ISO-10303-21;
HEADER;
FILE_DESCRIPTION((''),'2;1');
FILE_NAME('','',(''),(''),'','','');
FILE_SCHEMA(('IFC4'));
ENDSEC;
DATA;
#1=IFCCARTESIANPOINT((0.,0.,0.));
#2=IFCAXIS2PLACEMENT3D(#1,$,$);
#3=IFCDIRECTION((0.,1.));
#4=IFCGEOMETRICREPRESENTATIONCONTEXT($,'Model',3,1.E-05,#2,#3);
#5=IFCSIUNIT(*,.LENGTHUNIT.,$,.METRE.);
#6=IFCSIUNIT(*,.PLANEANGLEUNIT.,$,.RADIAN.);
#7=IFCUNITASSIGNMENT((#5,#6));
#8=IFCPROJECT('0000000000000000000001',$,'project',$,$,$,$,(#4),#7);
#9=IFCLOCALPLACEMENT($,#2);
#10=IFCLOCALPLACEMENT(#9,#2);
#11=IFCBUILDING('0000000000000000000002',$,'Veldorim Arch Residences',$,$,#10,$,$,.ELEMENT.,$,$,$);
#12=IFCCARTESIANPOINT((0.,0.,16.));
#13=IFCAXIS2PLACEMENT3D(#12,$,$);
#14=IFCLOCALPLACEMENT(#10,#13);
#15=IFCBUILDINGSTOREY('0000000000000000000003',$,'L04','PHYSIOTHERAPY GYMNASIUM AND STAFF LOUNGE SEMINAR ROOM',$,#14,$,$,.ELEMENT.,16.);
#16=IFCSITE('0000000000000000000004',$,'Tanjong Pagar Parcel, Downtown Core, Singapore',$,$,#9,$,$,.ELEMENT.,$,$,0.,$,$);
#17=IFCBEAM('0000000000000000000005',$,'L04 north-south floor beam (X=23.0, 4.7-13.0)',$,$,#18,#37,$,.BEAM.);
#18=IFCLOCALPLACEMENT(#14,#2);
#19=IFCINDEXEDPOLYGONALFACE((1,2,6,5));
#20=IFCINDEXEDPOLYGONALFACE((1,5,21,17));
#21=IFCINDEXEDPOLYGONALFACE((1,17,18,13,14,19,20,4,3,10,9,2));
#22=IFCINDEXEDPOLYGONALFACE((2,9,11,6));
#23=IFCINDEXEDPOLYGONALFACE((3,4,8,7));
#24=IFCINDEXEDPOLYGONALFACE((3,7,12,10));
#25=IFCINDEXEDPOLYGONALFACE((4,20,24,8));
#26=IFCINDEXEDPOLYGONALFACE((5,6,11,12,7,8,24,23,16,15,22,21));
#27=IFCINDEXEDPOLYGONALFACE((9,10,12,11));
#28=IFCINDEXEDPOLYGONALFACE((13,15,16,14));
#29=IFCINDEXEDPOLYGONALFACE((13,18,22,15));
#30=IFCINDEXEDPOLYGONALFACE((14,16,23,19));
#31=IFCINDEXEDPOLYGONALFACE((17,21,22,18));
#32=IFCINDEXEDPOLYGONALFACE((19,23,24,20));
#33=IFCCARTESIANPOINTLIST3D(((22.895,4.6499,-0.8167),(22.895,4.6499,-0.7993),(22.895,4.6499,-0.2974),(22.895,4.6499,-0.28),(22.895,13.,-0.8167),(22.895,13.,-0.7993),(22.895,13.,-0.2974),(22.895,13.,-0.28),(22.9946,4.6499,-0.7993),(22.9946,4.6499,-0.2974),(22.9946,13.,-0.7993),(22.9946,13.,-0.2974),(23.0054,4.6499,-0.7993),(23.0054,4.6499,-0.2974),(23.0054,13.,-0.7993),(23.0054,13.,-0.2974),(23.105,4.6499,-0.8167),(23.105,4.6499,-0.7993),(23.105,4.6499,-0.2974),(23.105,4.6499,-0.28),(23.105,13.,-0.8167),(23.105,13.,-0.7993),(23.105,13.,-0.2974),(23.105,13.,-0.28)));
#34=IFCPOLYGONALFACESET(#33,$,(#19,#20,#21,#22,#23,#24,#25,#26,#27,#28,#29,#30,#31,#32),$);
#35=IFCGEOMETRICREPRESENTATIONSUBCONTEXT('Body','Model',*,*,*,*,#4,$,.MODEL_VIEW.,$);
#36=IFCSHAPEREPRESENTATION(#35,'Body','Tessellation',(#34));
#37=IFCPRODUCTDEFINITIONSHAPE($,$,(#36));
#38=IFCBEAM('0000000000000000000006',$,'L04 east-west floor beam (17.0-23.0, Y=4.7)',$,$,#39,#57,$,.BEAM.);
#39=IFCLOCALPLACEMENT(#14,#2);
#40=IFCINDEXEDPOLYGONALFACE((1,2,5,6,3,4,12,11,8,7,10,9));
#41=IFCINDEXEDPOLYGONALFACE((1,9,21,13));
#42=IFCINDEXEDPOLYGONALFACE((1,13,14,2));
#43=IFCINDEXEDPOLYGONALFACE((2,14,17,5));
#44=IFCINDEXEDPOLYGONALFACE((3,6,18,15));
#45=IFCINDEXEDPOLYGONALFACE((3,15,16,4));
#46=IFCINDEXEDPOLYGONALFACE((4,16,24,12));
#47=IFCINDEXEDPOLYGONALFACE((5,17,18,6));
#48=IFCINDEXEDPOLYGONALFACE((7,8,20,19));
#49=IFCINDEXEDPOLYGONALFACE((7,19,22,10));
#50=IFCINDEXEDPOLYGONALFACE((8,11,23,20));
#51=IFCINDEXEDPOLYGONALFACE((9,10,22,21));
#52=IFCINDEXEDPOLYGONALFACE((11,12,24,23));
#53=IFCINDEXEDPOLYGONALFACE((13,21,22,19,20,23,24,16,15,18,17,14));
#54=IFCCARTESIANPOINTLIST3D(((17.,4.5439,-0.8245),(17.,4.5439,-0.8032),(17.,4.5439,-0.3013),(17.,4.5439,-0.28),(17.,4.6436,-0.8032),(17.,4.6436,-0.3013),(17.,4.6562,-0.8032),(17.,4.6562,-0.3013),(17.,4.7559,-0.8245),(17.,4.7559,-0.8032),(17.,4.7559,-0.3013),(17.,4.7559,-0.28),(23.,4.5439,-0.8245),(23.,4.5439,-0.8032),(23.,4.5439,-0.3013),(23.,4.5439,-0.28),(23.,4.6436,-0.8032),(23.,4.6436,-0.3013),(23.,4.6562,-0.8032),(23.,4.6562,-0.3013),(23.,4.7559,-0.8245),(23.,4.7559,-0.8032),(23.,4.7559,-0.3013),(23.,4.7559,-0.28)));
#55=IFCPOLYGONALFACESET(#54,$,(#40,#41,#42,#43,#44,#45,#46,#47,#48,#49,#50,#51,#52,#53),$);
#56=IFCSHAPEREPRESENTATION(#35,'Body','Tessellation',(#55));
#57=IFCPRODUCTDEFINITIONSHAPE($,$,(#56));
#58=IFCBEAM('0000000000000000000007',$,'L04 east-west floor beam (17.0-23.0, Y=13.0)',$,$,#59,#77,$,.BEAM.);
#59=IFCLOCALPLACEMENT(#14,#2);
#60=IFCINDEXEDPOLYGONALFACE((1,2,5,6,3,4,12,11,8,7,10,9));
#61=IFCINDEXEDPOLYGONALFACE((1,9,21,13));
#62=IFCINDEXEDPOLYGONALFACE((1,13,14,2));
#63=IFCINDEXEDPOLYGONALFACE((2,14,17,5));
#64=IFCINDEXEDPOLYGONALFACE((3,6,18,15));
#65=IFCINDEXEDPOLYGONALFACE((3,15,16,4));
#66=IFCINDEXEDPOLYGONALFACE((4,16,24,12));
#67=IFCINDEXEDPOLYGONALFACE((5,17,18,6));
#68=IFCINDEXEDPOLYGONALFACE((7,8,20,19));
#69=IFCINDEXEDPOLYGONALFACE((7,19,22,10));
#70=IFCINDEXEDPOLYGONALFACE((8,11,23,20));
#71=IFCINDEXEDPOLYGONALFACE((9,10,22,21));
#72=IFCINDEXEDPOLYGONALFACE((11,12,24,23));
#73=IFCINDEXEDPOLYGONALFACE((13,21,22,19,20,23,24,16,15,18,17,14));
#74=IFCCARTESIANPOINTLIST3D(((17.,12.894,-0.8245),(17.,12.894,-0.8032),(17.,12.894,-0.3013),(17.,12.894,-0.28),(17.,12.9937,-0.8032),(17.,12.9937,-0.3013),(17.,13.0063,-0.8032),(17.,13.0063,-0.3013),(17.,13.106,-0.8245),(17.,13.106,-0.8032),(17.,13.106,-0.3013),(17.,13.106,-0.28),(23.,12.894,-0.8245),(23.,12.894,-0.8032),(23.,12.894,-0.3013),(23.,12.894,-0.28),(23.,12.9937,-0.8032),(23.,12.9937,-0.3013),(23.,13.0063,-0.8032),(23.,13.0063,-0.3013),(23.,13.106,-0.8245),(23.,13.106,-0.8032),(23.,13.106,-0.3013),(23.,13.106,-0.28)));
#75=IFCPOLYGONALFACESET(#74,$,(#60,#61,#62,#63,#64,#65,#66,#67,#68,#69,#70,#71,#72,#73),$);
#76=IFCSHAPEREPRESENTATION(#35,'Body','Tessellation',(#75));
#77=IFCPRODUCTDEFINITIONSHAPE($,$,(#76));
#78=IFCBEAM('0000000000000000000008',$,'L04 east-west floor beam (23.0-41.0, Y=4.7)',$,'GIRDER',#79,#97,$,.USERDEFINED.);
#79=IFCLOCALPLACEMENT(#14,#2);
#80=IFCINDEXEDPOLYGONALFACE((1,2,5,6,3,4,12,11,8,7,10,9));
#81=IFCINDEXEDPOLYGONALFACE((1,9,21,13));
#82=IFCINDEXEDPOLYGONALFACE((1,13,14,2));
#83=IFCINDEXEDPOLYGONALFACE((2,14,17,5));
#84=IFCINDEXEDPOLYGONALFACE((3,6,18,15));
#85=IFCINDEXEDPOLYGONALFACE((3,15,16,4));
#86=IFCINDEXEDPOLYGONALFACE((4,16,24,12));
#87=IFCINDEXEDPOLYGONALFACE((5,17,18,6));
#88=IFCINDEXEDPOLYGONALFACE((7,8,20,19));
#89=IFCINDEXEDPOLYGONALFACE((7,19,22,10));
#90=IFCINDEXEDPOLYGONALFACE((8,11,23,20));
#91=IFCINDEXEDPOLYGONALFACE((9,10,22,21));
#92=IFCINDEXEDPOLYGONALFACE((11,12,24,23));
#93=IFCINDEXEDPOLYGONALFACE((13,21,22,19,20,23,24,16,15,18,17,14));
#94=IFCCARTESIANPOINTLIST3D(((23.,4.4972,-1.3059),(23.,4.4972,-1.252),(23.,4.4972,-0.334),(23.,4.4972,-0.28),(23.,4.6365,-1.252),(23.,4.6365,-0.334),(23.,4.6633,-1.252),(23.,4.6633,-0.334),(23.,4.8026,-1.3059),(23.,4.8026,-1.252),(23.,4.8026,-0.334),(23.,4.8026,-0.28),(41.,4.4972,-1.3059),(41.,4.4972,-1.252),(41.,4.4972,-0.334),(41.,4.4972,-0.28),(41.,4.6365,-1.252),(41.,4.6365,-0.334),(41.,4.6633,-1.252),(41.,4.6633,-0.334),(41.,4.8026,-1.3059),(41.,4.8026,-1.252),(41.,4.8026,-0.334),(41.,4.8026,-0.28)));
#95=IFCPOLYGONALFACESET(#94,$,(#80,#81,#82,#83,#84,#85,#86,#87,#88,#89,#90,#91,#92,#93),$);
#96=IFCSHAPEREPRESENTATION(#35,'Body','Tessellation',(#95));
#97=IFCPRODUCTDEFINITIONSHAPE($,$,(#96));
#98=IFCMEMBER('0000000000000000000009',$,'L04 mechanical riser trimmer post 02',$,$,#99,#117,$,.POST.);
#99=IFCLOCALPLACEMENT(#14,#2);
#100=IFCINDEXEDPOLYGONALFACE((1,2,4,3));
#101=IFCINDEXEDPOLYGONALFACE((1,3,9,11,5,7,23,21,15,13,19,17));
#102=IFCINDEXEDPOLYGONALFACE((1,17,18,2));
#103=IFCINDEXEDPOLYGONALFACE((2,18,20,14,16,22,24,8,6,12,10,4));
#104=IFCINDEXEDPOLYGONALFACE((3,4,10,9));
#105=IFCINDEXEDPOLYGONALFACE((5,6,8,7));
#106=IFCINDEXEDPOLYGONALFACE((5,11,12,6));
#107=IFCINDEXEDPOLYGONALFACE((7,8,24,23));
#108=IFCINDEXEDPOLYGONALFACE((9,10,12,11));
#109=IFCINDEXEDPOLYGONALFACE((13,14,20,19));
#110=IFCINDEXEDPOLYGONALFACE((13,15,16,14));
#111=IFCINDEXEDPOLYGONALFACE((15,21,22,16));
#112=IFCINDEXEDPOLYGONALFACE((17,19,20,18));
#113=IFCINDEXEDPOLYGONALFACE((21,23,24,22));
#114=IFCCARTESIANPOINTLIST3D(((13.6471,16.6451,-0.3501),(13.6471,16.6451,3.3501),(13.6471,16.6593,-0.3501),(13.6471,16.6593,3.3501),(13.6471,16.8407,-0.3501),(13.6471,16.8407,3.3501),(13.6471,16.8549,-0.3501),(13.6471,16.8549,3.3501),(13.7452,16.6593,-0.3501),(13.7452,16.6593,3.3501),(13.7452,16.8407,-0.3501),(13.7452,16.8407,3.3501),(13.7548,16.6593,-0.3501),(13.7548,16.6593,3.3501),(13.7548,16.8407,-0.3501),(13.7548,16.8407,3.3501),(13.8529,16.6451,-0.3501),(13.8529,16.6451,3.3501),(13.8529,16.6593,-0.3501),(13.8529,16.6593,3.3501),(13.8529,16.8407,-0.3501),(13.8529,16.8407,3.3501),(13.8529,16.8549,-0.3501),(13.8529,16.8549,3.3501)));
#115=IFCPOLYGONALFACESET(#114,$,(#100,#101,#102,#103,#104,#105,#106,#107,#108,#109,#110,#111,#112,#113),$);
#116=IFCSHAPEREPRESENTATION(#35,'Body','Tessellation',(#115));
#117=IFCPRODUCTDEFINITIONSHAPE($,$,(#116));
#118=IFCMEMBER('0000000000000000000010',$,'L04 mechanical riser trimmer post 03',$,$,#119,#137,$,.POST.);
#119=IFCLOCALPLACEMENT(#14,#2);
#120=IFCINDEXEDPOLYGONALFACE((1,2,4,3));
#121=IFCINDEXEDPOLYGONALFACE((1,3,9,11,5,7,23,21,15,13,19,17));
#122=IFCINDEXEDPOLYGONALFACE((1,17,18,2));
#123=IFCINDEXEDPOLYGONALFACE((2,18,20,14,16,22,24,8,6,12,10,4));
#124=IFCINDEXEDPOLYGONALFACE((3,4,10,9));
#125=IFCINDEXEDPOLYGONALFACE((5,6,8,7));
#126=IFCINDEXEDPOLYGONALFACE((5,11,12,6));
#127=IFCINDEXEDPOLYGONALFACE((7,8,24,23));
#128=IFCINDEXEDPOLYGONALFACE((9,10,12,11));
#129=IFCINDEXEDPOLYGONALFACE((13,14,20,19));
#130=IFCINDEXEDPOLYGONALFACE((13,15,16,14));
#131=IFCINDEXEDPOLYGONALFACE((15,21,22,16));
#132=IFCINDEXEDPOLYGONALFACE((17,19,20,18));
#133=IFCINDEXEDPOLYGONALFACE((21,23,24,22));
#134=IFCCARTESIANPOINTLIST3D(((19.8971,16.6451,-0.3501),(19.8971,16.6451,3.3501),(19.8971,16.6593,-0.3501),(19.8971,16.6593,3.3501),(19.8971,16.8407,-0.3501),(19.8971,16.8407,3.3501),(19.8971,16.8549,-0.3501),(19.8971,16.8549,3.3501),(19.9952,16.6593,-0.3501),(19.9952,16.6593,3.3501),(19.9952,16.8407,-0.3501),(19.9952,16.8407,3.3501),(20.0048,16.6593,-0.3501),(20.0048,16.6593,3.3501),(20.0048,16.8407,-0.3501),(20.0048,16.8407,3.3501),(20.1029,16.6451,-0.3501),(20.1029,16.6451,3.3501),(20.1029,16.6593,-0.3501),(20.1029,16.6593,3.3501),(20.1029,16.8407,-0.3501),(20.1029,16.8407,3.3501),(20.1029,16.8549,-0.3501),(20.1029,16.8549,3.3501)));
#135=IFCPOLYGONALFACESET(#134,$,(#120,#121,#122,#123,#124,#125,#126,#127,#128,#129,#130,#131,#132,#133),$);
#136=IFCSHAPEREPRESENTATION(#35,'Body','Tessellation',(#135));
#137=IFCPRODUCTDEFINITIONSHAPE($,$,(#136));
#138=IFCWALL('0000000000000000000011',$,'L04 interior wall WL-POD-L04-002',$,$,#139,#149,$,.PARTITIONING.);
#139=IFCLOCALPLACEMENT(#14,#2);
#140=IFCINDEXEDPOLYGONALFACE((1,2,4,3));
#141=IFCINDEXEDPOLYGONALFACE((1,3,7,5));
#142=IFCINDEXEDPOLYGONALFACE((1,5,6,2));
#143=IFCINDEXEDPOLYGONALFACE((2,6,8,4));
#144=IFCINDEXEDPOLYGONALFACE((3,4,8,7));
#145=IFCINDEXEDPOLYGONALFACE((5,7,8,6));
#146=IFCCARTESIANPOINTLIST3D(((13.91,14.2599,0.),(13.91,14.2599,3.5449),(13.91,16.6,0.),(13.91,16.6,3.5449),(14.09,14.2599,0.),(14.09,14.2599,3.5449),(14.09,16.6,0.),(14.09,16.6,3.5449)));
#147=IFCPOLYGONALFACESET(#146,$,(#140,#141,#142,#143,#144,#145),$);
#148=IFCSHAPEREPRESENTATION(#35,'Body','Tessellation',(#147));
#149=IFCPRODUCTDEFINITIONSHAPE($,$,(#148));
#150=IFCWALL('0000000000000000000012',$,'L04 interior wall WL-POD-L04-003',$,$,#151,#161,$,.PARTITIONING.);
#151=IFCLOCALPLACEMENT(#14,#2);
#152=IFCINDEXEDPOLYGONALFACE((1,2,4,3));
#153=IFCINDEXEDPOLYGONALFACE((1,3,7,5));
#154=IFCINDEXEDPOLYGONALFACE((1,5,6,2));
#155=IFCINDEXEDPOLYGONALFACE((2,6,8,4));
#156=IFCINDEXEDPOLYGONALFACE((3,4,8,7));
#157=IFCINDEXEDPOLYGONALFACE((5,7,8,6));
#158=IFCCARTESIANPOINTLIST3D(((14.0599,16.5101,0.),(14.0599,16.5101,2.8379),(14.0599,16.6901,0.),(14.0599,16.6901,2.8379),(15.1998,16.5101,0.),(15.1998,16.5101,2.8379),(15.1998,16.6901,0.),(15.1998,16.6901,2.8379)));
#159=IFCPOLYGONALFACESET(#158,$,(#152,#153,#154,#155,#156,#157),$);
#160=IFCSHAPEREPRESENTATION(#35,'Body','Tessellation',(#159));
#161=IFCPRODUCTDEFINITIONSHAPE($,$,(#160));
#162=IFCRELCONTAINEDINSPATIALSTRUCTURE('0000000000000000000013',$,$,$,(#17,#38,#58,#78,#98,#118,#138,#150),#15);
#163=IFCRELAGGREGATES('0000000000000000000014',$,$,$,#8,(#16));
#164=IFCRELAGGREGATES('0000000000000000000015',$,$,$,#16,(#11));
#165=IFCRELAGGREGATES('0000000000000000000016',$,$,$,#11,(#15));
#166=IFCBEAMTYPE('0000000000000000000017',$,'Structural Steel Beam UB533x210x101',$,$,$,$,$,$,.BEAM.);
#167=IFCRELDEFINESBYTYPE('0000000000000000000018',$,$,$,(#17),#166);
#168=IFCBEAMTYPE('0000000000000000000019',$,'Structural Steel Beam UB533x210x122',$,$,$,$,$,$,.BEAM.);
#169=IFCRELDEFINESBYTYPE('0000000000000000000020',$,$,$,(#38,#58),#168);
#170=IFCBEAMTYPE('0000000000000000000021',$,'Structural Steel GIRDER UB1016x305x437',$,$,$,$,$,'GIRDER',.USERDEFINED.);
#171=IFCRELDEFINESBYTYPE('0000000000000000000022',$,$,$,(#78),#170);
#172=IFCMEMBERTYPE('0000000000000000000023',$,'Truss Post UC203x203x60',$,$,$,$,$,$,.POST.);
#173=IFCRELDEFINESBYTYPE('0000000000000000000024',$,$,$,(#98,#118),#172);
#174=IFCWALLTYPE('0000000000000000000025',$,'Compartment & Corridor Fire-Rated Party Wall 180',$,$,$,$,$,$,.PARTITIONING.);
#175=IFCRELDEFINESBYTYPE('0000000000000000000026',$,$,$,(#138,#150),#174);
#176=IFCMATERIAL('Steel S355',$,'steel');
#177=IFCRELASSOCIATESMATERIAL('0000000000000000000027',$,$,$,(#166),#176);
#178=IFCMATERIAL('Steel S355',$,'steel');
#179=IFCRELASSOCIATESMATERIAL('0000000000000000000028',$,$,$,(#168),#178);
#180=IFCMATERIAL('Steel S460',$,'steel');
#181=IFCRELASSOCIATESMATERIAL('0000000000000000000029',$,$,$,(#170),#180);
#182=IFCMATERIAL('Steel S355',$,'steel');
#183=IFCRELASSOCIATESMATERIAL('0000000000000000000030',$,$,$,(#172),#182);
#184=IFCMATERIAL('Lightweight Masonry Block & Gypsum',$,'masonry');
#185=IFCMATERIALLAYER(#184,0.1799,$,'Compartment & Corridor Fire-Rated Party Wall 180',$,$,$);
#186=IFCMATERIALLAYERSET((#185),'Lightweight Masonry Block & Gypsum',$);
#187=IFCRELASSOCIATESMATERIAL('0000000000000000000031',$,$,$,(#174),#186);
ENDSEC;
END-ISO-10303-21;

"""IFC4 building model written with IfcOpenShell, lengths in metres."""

from ifc_helpers import new_model, si_unit, direction, frame, frame_2d, origin, origin_2d, place, context, subcontext, project, spatial, rectangle, i_section, extrude, material, layer, layer_set, material_profile, profile_set, type_object, element, save


model = new_model("IFC4")

# Units and contexts
model_context = context("Model", 3, precision=1e-05, world=origin(), true_north=direction((0.0, 1.0)))
body_context = subcontext(model_context, "Body", "Model", "MODEL_VIEW")
ifc_project = project(units=[si_unit("LENGTHUNIT", "METRE"), si_unit("PLANEANGLEUNIT", "RADIAN")], contexts=[model_context])

# Site, building, storey
site_placement = place(None, origin())
site = spatial("IfcSite", under=ifc_project, at=site_placement, Name="Tanjong Pagar Parcel, Downtown Core, Singapore", CompositionType="ELEMENT", RefElevation=0.0)
building_placement = place(site_placement, origin())
building = spatial("IfcBuilding", under=site, at=building_placement, Name="Veldorim Arch Residences", CompositionType="ELEMENT")
storey_placement = place(building_placement, frame((0.0, 0.0, 16.0)))
storey = spatial("IfcBuildingStorey", under=building, at=storey_placement, Name="L04", Description="PHYSIOTHERAPY GYMNASIUM AND STAFF LOUNGE SEMINAR ROOM", CompositionType="ELEMENT", Elevation=16.0)

# Beams
ifc_material_1 = material(Name="Steel S355", Category="steel")
ifc_material_profile_1 = material_profile(ifc_material_1, i_section(OverallWidth=0.21, OverallDepth=0.5366, WebThickness=0.0107, FlangeThickness=0.0173, at=origin_2d()), Name="UB533x210x101")
ifc_profile_set_1 = profile_set([ifc_material_profile_1], Name="Steel S355")
beam_type_1 = type_object("IfcBeamType", Name="Structural Steel Beam UB533x210x101", PredefinedType="BEAM", material=ifc_profile_set_1)
beam_1_placement = place(storey_placement, frame((23.0, 4.6499, -0.5483), z_axis=(0.0, 1.0, 0.0), x_axis=(-1.0, 0.0, 0.0)))
element("IfcBeam", 1, at=beam_1_placement, inside=storey, type_object=beam_type_1, Name="L04 north-south floor beam (X=23.0, 4.7-13.0)", PredefinedType="BEAM", context=body_context, shape_type="SweptSolid", body=[
    extrude(i_section(OverallWidth=0.21, OverallDepth=0.5366, WebThickness=0.0107, FlangeThickness=0.0173, at=origin_2d()), origin(), (0.0, 0.0, 1.0), 8.3501),
])
ifc_material_2 = material(Name="Steel S355", Category="steel")
ifc_material_profile_2 = material_profile(ifc_material_2, i_section(OverallWidth=0.2119, OverallDepth=0.5444, WebThickness=0.0127, FlangeThickness=0.0212, at=origin_2d()), Name="UB533x210x122")
ifc_profile_set_2 = profile_set([ifc_material_profile_2], Name="Steel S355")
beam_type_2 = type_object("IfcBeamType", Name="Structural Steel Beam UB533x210x122", PredefinedType="BEAM", material=ifc_profile_set_2)
for number, where, z_axis, x_axis, name in (
    (2, (17.0, 4.6499, -0.5522), (1.0, 0.0, 0.0), (0.0, 1.0, 0.0), "L04 east-west floor beam (17.0-23.0, Y=4.7)"),
    (3, (17.0, 13.0, -0.5522), (1.0, 0.0, 0.0), (0.0, 1.0, 0.0), "L04 east-west floor beam (17.0-23.0, Y=13.0)"),
):
    element("IfcBeam", number, at=place(storey_placement, frame(where, z_axis=z_axis, x_axis=x_axis)), inside=storey, type_object=beam_type_2, Name=name, PredefinedType="BEAM", context=body_context, shape_type="SweptSolid", body=[
        extrude(i_section(OverallWidth=0.2119, OverallDepth=0.5444, WebThickness=0.0127, FlangeThickness=0.0212, at=origin_2d()), origin(), (0.0, 0.0, 1.0), 6.0),
    ])
ifc_material_3 = material(Name="Steel S460", Category="steel")
ifc_material_profile_3 = material_profile(ifc_material_3, i_section(OverallWidth=0.3054, OverallDepth=1.0259, WebThickness=0.0269, FlangeThickness=0.054, at=origin_2d()), Name="UB1016x305x437")
ifc_profile_set_3 = profile_set([ifc_material_profile_3], Name="Steel S460")
beam_type_3 = type_object("IfcBeamType", Name="Structural Steel GIRDER UB1016x305x437", ElementType="GIRDER", PredefinedType="USERDEFINED", material=ifc_profile_set_3)
beam_2_placement = place(storey_placement, frame((23.0, 4.6499, -0.793), z_axis=(1.0, 0.0, 0.0), x_axis=(0.0, 1.0, 0.0)))
element("IfcBeam", 4, at=beam_2_placement, inside=storey, type_object=beam_type_3, Name="L04 east-west floor beam (23.0-41.0, Y=4.7)", ObjectType="GIRDER", PredefinedType="USERDEFINED", context=body_context, shape_type="SweptSolid", body=[
    extrude(i_section(OverallWidth=0.3054, OverallDepth=1.0259, WebThickness=0.0269, FlangeThickness=0.054, at=origin_2d()), origin(), (0.0, 0.0, 1.0), 18.0),
])

# Members
ifc_material_4 = material(Name="Steel S355", Category="steel")
ifc_material_profile_4 = material_profile(ifc_material_4, i_section(OverallWidth=0.2058, OverallDepth=0.2097, WebThickness=0.0095, FlangeThickness=0.0142, at=origin_2d()), Name="UC203x203x60")
ifc_profile_set_4 = profile_set([ifc_material_profile_4], Name="Steel S355")
member_type = type_object("IfcMemberType", Name="Truss Post UC203x203x60", PredefinedType="POST", material=ifc_profile_set_4)
for number, where, z_axis, x_axis, name in (
    (5, (13.75, 16.75, -0.3501), (0.0, 0.0, 1.0), (1.0, 0.0, 0.0), "L04 mechanical riser trimmer post 02"),
    (6, (20.0, 16.75, -0.3501), (0.0, 0.0, 1.0), (1.0, 0.0, 0.0), "L04 mechanical riser trimmer post 03"),
):
    element("IfcMember", number, at=place(storey_placement, frame(where, z_axis=z_axis, x_axis=x_axis)), inside=storey, type_object=member_type, Name=name, PredefinedType="POST", context=body_context, shape_type="SweptSolid", body=[
        extrude(i_section(OverallWidth=0.2058, OverallDepth=0.2097, WebThickness=0.0095, FlangeThickness=0.0142, at=origin_2d()), origin(), (0.0, 0.0, 1.0), 3.7002),
    ])

# Walls
ifc_material_5 = material(Name="Lightweight Masonry Block & Gypsum", Category="masonry")
ifc_layer_1 = layer(ifc_material_5, 0.1799, Name="Compartment & Corridor Fire-Rated Party Wall 180")
ifc_layer_set_1 = layer_set([ifc_layer_1], Name="Lightweight Masonry Block & Gypsum")
wall_type_1 = type_object("IfcWallType", Name="Compartment & Corridor Fire-Rated Party Wall 180", PredefinedType="PARTITIONING", material=ifc_layer_set_1)
wall_1_placement = place(storey_placement, frame((14.0, 14.26, 0.0), z_axis=(0.0, 0.0, 1.0), x_axis=(0.0, 1.0, 0.0)))
element("IfcWall", 7, at=wall_1_placement, inside=storey, type_object=wall_type_1, Name="L04 interior wall WL-POD-L04-002", PredefinedType="PARTITIONING", context=body_context, shape_type="SweptSolid", body=[
    extrude(rectangle(XDim=2.3401, YDim=0.1799, at=frame_2d((1.1699, 0.0))), origin(), (0.0, 0.0, 1.0), 3.5449),
])
wall_2_placement = place(storey_placement, frame((14.0601, 16.6001, 0.0), z_axis=(0.0, 0.0, 1.0), x_axis=(1.0, 0.0, 0.0)))
element("IfcWall", 8, at=wall_2_placement, inside=storey, type_object=wall_type_1, Name="L04 interior wall WL-POD-L04-003", PredefinedType="PARTITIONING", context=body_context, shape_type="SweptSolid", body=[
    extrude(rectangle(XDim=1.1399, YDim=0.1799, at=frame_2d((0.5698, 0.0))), origin(), (0.0, 0.0, 1.0), 2.8379),
])

save(model, "model.ifc")
